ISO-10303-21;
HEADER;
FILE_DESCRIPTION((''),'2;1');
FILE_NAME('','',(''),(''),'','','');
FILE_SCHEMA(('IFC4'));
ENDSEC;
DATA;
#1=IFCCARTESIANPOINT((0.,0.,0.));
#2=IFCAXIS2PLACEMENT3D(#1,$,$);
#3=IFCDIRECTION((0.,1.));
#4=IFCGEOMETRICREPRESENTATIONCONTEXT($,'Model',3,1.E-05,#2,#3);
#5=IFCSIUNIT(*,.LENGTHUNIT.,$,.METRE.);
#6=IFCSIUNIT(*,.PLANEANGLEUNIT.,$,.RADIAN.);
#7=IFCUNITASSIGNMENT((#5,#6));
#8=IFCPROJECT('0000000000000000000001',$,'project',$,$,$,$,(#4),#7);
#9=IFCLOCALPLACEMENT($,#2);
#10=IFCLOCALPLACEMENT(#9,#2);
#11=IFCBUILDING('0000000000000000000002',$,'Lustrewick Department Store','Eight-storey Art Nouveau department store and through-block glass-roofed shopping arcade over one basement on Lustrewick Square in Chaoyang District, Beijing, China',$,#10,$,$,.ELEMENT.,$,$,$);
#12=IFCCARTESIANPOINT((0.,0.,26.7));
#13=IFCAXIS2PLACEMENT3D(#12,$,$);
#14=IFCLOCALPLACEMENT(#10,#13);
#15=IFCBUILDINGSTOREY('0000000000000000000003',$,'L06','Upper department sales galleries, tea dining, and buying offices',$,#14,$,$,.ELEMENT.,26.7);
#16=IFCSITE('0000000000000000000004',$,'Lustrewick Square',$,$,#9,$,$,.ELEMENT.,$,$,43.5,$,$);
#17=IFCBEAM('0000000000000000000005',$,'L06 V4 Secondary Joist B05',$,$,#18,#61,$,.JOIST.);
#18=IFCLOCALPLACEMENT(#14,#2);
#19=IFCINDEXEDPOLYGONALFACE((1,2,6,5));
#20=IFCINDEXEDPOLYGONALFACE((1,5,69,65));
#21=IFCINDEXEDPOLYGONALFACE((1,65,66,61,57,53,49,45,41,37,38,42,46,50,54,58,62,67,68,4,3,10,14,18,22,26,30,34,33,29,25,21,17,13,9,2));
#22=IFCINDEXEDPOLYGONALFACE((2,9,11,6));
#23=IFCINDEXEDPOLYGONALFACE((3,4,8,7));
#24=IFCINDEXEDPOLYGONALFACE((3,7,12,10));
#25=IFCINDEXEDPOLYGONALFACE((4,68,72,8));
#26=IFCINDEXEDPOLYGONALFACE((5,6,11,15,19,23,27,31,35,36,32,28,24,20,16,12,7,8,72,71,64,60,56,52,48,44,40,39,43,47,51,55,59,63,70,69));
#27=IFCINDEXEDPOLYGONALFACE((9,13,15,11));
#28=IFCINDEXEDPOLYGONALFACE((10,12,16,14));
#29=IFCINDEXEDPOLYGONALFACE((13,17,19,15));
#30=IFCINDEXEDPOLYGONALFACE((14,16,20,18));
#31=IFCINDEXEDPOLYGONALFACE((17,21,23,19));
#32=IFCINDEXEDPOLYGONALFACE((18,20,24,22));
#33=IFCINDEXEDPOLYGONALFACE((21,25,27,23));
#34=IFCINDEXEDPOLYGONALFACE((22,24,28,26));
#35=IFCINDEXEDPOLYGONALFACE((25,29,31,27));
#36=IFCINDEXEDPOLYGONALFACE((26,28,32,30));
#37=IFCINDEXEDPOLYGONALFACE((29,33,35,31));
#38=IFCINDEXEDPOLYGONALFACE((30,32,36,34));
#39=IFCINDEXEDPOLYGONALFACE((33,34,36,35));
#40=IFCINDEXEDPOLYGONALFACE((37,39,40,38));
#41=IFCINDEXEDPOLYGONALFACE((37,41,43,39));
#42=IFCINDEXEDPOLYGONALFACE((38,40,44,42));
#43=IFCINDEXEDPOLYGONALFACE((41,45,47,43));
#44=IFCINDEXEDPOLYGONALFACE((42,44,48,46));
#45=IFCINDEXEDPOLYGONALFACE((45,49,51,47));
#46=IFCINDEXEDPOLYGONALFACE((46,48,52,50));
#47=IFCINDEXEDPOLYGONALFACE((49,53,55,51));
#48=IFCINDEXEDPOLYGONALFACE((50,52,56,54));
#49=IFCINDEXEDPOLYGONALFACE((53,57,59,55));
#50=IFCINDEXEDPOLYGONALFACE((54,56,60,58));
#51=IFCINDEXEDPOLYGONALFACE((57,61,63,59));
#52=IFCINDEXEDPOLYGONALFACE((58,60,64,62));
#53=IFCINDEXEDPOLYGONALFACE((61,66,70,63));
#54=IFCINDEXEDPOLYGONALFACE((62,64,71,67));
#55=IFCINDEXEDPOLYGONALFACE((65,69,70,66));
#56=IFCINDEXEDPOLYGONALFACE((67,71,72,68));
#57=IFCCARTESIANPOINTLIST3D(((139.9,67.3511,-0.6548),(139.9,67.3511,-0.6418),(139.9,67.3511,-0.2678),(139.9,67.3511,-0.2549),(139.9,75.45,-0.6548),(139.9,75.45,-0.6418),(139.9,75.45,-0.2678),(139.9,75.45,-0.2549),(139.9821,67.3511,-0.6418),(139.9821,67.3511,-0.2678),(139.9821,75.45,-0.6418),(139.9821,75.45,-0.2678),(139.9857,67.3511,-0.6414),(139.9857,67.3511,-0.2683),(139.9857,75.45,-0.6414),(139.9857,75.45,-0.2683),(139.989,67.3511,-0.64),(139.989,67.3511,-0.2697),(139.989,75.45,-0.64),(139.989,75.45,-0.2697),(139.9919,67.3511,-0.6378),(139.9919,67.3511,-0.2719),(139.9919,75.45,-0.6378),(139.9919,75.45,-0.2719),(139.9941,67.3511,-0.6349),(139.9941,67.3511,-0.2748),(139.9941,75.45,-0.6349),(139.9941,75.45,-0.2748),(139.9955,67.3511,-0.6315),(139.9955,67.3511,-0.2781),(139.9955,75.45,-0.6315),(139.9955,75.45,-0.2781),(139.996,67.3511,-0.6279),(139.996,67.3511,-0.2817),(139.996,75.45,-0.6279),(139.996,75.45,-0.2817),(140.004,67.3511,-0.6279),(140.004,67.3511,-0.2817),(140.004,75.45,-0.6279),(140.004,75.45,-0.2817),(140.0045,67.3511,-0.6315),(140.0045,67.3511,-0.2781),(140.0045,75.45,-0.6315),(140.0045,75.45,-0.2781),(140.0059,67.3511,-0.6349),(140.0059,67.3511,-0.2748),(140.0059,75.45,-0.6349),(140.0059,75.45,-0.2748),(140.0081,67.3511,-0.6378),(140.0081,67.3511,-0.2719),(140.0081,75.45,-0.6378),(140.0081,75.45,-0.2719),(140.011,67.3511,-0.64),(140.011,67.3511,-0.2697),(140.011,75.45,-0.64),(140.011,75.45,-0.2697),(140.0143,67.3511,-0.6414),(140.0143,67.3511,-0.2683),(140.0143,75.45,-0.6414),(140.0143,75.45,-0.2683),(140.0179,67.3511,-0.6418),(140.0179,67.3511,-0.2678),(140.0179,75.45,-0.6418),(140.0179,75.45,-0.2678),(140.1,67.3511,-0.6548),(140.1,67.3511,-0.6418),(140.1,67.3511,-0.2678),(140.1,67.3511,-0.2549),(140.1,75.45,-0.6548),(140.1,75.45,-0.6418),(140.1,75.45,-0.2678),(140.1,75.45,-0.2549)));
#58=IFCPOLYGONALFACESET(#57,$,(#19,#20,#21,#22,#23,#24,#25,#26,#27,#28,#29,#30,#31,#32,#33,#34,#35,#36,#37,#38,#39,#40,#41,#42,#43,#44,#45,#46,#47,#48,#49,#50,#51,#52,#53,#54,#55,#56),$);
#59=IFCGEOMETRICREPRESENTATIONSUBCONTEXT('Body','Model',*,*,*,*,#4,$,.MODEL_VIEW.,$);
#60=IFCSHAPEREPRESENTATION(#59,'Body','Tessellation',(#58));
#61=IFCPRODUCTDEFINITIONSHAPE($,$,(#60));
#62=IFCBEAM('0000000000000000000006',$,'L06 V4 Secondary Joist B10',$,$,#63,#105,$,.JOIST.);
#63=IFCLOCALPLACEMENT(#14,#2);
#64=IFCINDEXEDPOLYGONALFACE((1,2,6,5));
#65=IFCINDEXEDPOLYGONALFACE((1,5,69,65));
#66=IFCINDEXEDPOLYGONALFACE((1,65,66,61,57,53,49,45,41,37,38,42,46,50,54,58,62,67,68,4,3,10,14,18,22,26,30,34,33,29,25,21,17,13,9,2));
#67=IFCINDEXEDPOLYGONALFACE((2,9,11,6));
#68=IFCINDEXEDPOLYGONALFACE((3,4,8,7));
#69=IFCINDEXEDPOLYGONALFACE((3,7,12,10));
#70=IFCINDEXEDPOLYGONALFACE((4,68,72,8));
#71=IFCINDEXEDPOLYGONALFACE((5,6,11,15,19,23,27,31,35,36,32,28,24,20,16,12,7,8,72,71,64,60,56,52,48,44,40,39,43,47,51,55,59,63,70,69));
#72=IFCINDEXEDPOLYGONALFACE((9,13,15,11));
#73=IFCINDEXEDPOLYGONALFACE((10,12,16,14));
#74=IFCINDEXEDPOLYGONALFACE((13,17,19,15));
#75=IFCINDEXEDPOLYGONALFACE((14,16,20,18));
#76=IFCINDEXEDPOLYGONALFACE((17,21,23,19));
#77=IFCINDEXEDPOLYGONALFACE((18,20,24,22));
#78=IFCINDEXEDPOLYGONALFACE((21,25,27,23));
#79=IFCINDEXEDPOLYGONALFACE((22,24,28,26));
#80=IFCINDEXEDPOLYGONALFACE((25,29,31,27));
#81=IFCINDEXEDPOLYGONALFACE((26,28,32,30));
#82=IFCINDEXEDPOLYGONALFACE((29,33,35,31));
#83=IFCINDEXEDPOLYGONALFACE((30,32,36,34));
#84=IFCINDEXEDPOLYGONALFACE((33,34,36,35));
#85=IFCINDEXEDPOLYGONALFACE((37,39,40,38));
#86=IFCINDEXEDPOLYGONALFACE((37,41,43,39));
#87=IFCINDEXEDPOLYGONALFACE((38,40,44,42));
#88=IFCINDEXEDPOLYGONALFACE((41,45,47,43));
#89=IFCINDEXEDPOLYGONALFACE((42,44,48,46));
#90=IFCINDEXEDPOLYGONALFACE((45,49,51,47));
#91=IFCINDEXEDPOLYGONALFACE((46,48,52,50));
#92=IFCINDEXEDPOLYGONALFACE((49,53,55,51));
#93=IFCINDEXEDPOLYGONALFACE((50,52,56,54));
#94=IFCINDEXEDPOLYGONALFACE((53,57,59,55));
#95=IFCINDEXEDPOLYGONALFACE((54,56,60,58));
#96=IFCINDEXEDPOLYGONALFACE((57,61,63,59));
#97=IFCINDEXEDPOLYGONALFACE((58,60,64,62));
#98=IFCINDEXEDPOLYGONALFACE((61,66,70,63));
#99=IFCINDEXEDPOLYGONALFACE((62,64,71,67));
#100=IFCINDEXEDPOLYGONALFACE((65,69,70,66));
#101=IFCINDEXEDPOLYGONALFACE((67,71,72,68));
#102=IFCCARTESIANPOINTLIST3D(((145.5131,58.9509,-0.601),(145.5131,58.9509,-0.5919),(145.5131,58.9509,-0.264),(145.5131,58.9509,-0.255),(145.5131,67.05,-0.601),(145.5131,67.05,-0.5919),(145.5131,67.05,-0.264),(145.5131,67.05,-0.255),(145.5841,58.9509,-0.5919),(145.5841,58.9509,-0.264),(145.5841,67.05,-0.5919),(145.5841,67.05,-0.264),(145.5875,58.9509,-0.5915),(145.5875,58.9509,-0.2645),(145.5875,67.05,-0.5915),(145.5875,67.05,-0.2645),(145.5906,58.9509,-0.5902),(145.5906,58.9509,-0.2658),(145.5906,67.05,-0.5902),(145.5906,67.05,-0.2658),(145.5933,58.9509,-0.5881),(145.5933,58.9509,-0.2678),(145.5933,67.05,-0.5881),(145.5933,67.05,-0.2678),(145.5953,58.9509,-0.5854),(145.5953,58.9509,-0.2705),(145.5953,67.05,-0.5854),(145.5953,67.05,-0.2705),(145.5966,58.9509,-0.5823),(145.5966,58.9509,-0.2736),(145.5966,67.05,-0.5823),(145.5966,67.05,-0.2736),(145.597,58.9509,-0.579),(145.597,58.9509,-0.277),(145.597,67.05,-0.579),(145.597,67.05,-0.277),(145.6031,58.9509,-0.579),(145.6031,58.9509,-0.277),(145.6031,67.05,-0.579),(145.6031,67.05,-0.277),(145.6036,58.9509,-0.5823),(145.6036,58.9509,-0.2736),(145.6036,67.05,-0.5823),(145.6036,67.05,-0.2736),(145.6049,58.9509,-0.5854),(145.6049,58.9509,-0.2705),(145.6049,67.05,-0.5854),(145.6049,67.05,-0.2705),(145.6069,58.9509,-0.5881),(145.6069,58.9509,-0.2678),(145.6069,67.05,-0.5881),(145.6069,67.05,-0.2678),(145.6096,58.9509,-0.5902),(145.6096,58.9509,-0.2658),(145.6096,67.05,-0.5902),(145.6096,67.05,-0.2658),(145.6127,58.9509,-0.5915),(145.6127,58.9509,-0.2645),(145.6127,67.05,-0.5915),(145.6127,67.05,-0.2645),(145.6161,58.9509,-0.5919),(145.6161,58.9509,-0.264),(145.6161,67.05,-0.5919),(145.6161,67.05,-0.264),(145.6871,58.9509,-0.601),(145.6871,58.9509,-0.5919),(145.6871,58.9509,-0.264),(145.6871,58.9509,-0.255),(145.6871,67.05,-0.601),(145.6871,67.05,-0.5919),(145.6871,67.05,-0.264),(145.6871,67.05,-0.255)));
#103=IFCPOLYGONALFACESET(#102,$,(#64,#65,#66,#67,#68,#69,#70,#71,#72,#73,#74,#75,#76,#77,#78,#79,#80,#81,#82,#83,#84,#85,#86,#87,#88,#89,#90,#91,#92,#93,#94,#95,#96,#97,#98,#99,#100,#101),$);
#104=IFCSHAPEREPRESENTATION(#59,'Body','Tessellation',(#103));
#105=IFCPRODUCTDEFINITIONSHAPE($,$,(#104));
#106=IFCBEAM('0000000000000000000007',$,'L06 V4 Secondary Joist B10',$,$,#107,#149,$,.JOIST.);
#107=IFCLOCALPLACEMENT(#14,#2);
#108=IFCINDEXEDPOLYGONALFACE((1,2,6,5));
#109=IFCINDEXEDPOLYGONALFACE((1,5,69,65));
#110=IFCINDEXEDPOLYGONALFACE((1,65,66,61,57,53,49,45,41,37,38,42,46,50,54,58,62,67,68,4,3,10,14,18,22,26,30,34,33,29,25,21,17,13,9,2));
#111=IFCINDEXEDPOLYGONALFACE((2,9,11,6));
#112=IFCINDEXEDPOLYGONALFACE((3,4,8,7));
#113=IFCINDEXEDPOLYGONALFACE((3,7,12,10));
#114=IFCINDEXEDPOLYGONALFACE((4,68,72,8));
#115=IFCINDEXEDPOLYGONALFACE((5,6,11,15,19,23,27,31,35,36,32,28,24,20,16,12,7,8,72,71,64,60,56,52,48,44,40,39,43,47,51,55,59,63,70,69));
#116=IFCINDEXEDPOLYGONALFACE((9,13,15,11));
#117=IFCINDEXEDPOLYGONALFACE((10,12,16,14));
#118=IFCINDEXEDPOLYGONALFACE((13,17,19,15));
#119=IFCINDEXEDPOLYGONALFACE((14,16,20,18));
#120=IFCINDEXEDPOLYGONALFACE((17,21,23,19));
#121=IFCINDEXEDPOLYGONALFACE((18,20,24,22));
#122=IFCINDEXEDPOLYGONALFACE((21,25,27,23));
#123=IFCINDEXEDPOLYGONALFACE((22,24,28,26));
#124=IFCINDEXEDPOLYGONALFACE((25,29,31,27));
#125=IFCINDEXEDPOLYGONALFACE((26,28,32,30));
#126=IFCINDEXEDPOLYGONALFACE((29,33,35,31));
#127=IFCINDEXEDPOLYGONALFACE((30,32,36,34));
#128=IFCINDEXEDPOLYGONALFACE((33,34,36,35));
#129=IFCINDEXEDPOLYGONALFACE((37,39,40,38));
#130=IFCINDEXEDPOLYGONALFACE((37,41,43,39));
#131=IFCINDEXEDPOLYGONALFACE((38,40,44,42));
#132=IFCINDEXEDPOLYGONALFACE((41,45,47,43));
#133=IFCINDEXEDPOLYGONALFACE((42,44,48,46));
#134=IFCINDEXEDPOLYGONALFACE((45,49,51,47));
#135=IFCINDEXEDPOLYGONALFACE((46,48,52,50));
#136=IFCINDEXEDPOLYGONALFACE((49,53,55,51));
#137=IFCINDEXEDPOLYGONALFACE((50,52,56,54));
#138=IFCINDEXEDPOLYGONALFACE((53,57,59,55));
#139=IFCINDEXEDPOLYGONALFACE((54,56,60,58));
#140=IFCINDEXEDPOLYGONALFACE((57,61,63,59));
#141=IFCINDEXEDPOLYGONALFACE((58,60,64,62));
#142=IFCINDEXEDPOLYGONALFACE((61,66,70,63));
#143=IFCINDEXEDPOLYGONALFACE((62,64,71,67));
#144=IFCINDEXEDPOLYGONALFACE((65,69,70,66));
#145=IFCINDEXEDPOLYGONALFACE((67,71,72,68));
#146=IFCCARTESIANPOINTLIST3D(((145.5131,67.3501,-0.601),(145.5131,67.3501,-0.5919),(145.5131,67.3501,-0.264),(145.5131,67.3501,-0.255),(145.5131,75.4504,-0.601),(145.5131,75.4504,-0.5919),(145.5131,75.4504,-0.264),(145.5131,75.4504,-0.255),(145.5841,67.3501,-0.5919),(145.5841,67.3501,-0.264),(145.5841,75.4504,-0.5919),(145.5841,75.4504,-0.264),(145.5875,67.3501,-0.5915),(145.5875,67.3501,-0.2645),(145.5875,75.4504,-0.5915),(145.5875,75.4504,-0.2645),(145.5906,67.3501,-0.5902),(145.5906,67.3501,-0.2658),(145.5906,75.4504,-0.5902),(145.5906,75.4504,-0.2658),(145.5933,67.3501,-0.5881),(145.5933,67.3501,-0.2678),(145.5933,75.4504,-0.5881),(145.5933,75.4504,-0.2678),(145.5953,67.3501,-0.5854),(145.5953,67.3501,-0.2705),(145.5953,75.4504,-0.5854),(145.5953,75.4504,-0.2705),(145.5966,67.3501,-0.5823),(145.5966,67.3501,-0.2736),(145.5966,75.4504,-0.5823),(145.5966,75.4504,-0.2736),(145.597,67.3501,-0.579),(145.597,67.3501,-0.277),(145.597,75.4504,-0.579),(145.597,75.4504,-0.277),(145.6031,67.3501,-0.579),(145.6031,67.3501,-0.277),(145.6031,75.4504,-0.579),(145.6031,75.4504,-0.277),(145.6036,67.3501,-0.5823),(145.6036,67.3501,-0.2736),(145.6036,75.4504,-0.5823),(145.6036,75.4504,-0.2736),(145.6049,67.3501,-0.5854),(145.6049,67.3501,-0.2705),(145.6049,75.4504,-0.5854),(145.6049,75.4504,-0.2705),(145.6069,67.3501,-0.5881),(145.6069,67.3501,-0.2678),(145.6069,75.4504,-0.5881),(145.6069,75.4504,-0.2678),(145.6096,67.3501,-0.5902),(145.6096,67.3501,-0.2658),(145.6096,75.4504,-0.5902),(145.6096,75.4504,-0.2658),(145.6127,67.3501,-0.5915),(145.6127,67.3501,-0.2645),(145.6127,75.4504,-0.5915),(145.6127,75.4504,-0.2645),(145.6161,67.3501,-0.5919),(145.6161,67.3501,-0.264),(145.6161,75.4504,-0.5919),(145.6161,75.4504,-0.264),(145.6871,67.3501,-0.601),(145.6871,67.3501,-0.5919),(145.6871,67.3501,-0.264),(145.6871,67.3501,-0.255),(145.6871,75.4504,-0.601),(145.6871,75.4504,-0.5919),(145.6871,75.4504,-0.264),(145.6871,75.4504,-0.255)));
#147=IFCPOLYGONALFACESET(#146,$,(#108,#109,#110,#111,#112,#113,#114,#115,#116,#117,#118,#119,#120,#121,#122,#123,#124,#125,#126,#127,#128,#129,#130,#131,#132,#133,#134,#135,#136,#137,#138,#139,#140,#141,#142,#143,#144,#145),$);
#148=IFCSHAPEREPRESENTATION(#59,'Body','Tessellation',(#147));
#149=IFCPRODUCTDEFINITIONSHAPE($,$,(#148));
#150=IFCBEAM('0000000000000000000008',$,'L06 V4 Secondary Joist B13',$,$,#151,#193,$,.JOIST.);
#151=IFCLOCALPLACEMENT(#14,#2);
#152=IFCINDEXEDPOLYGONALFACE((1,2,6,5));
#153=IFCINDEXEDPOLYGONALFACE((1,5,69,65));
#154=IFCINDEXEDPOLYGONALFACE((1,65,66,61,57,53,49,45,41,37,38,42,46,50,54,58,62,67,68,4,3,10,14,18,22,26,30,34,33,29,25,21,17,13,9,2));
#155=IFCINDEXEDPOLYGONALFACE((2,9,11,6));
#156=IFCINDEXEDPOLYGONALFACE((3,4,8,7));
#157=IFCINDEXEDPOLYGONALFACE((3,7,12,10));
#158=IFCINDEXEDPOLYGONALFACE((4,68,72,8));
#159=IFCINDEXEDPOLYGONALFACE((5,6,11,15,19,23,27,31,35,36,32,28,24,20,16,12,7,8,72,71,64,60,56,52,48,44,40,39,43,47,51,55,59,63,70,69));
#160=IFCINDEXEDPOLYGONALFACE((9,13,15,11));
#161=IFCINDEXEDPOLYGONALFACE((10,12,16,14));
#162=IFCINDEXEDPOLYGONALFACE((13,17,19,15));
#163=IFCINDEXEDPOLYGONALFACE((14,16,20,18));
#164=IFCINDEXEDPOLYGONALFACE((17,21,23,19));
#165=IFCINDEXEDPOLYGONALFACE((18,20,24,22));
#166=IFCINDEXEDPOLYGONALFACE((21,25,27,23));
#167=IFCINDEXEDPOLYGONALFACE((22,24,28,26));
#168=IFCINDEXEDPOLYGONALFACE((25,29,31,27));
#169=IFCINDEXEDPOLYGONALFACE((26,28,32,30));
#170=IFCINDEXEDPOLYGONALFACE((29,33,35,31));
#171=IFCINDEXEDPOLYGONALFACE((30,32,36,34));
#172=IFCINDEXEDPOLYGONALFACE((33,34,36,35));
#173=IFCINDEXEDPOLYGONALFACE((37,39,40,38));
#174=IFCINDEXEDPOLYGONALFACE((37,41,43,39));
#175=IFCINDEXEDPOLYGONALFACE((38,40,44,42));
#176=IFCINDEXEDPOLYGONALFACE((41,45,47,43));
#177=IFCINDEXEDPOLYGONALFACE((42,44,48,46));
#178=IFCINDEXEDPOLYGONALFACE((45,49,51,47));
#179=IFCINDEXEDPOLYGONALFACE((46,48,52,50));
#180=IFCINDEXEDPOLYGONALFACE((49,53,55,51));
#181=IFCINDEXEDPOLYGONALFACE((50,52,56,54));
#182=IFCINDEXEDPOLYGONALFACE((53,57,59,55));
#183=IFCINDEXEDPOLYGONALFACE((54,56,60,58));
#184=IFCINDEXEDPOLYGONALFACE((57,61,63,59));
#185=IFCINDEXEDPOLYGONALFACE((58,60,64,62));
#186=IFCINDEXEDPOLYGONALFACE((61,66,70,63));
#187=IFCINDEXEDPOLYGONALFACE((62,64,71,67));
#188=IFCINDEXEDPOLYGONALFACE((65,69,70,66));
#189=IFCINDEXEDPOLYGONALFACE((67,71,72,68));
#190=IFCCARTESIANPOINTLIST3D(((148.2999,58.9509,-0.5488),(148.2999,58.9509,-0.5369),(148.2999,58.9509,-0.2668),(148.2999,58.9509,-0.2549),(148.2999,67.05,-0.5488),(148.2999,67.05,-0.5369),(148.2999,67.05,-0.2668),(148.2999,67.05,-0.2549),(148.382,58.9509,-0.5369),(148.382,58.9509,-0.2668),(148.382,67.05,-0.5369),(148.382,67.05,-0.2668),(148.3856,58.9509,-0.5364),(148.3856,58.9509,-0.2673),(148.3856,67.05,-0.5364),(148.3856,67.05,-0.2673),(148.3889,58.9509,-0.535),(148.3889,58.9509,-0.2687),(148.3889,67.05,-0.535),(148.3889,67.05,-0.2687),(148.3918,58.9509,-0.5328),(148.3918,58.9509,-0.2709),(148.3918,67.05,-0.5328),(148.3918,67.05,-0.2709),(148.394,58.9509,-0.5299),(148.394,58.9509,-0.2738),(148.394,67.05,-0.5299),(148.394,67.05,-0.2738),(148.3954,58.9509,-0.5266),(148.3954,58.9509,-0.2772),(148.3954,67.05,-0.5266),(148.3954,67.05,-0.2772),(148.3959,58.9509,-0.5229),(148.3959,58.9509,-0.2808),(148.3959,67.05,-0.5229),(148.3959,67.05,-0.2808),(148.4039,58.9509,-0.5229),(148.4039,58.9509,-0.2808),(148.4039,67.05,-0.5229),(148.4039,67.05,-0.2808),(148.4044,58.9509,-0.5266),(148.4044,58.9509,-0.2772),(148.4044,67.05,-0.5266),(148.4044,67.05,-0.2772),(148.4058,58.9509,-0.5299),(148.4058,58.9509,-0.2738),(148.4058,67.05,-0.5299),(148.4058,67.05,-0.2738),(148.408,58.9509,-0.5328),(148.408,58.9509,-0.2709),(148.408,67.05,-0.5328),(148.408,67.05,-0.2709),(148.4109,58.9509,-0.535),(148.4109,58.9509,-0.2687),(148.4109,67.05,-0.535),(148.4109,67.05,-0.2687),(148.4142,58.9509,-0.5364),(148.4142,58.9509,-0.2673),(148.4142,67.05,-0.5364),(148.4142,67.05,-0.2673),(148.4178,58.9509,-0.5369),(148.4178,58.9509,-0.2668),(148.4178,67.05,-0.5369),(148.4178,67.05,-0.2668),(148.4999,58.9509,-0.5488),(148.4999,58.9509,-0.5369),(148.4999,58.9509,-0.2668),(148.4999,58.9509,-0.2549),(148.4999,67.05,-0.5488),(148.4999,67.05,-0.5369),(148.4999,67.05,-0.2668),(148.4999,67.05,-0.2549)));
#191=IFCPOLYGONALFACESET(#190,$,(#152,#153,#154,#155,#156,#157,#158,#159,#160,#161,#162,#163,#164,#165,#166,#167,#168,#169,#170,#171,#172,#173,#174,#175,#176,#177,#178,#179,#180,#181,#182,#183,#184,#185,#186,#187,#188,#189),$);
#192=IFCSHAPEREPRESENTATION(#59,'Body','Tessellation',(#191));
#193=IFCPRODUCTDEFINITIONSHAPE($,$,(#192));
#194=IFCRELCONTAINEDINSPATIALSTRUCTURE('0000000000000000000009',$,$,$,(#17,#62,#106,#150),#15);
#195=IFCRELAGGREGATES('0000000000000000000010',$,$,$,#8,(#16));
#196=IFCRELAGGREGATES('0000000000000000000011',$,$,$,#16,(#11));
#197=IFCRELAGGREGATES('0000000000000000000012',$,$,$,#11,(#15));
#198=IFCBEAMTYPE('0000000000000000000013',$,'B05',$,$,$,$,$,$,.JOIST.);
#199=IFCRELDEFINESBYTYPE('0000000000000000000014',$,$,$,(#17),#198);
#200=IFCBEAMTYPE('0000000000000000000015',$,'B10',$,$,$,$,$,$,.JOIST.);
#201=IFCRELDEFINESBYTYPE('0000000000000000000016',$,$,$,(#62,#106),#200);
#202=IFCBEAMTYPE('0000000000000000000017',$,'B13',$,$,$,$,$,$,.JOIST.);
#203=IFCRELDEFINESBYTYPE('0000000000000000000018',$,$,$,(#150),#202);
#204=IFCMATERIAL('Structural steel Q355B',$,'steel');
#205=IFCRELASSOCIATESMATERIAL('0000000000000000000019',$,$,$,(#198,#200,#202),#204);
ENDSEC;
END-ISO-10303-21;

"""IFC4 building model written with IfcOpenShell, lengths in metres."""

from ifc_helpers import new_model, si_unit, direction, frame, origin, origin_2d, place, context, subcontext, project, spatial, i_section, extrude, material, material_profile, profile_set, type_object, element, save


model = new_model("IFC4")

# Units and contexts
model_context = context("Model", 3, precision=1e-05, world=origin(), true_north=direction((0.0, 1.0)))
body_context = subcontext(model_context, "Body", "Model", "MODEL_VIEW")
ifc_project = project(units=[si_unit("LENGTHUNIT", "METRE"), si_unit("PLANEANGLEUNIT", "RADIAN")], contexts=[model_context])

# Site, building, storey
site_placement = place(None, origin())
site = spatial("IfcSite", under=ifc_project, at=site_placement, Name="Lustrewick Square", CompositionType="ELEMENT", RefElevation=43.5)
building_placement = place(site_placement, origin())
building = spatial("IfcBuilding", under=site, at=building_placement, Name="Lustrewick Department Store", Description="Eight-storey Art Nouveau department store and through-block glass-roofed shopping arcade over one basement on Lustrewick Square in Chaoyang District, Beijing, China", CompositionType="ELEMENT")
storey_placement = place(building_placement, frame((0.0, 0.0, 26.7)))
storey = spatial("IfcBuildingStorey", under=building, at=storey_placement, Name="L06", Description="Upper department sales galleries, tea dining, and buying offices", CompositionType="ELEMENT", Elevation=26.7)

# Shared definitions
ifc_material_1 = material(Name="Structural steel Q355B", Category="steel")

# Beams
ifc_material_profile_1 = material_profile(ifc_material_1, i_section(OverallWidth=0.2, OverallDepth=0.3999, WebThickness=0.0081, FlangeThickness=0.0129, FilletRadius=0.0139, at=origin_2d()), Name="HN 400x200x8x13")
ifc_profile_set_1 = profile_set([ifc_material_profile_1], Name="Structural steel Q355B")
beam_type_1 = type_object("IfcBeamType", Name="B05", PredefinedType="JOIST", material=ifc_profile_set_1)
beam_1_placement = place(storey_placement, frame((140.0, 67.3511, -0.4548), z_axis=(0.0, 1.0, 0.0), x_axis=(-1.0, 0.0, 0.0)))
element("IfcBeam", 1, at=beam_1_placement, inside=storey, type_object=beam_type_1, Name="L06 V4 Secondary Joist B05", PredefinedType="JOIST", context=body_context, shape_type="SweptSolid", body=[
    extrude(i_section(OverallWidth=0.2, OverallDepth=0.3999, WebThickness=0.0081, FlangeThickness=0.0129, FilletRadius=0.0139, at=origin_2d()), origin(), (0.0, 0.0, 1.0), 8.0989),
])
ifc_material_profile_2 = material_profile(ifc_material_1, i_section(OverallWidth=0.1741, OverallDepth=0.3459, WebThickness=0.0061, FlangeThickness=0.009, FilletRadius=0.0129, at=origin_2d()), Name="HN 346x174x6x9")
ifc_profile_set_2 = profile_set([ifc_material_profile_2], Name="Structural steel Q355B")
beam_type_2 = type_object("IfcBeamType", Name="B10", PredefinedType="JOIST", material=ifc_profile_set_2)
beam_2_placement = place(storey_placement, frame((145.6001, 58.9509, -0.428), z_axis=(0.0, 1.0, 0.0), x_axis=(-1.0, 0.0, 0.0)))
element("IfcBeam", 2, at=beam_2_placement, inside=storey, type_object=beam_type_2, Name="L06 V4 Secondary Joist B10", PredefinedType="JOIST", context=body_context, shape_type="SweptSolid", body=[
    extrude(i_section(OverallWidth=0.1741, OverallDepth=0.3459, WebThickness=0.0061, FlangeThickness=0.009, FilletRadius=0.0129, at=origin_2d()), origin(), (0.0, 0.0, 1.0), 8.0991),
])
beam_3_placement = place(storey_placement, frame((145.6001, 67.3501, -0.428), z_axis=(0.0, 1.0, 0.0), x_axis=(-1.0, 0.0, 0.0)))
element("IfcBeam", 3, at=beam_3_placement, inside=storey, type_object=beam_type_2, Name="L06 V4 Secondary Joist B10", PredefinedType="JOIST", context=body_context, shape_type="SweptSolid", body=[
    extrude(i_section(OverallWidth=0.1741, OverallDepth=0.3459, WebThickness=0.0061, FlangeThickness=0.009, FilletRadius=0.0129, at=origin_2d()), origin(), (0.0, 0.0, 1.0), 8.1003),
])
ifc_material_profile_3 = material_profile(ifc_material_1, i_section(OverallWidth=0.2, OverallDepth=0.2939, WebThickness=0.0081, FlangeThickness=0.012, FilletRadius=0.0139, at=origin_2d()), Name="HM 294x200x8x12")
ifc_profile_set_3 = profile_set([ifc_material_profile_3], Name="Structural steel Q355B")
beam_type_3 = type_object("IfcBeamType", Name="B13", PredefinedType="JOIST", material=ifc_profile_set_3)
beam_4_placement = place(storey_placement, frame((148.3999, 58.9509, -0.4019), z_axis=(0.0, 1.0, 0.0), x_axis=(-1.0, 0.0, 0.0)))
element("IfcBeam", 4, at=beam_4_placement, inside=storey, type_object=beam_type_3, Name="L06 V4 Secondary Joist B13", PredefinedType="JOIST", context=body_context, shape_type="SweptSolid", body=[
    extrude(i_section(OverallWidth=0.2, OverallDepth=0.2939, WebThickness=0.0081, FlangeThickness=0.012, FilletRadius=0.0139, at=origin_2d()), origin(), (0.0, 0.0, 1.0), 8.0991),
])

save(model, "model.ifc")
